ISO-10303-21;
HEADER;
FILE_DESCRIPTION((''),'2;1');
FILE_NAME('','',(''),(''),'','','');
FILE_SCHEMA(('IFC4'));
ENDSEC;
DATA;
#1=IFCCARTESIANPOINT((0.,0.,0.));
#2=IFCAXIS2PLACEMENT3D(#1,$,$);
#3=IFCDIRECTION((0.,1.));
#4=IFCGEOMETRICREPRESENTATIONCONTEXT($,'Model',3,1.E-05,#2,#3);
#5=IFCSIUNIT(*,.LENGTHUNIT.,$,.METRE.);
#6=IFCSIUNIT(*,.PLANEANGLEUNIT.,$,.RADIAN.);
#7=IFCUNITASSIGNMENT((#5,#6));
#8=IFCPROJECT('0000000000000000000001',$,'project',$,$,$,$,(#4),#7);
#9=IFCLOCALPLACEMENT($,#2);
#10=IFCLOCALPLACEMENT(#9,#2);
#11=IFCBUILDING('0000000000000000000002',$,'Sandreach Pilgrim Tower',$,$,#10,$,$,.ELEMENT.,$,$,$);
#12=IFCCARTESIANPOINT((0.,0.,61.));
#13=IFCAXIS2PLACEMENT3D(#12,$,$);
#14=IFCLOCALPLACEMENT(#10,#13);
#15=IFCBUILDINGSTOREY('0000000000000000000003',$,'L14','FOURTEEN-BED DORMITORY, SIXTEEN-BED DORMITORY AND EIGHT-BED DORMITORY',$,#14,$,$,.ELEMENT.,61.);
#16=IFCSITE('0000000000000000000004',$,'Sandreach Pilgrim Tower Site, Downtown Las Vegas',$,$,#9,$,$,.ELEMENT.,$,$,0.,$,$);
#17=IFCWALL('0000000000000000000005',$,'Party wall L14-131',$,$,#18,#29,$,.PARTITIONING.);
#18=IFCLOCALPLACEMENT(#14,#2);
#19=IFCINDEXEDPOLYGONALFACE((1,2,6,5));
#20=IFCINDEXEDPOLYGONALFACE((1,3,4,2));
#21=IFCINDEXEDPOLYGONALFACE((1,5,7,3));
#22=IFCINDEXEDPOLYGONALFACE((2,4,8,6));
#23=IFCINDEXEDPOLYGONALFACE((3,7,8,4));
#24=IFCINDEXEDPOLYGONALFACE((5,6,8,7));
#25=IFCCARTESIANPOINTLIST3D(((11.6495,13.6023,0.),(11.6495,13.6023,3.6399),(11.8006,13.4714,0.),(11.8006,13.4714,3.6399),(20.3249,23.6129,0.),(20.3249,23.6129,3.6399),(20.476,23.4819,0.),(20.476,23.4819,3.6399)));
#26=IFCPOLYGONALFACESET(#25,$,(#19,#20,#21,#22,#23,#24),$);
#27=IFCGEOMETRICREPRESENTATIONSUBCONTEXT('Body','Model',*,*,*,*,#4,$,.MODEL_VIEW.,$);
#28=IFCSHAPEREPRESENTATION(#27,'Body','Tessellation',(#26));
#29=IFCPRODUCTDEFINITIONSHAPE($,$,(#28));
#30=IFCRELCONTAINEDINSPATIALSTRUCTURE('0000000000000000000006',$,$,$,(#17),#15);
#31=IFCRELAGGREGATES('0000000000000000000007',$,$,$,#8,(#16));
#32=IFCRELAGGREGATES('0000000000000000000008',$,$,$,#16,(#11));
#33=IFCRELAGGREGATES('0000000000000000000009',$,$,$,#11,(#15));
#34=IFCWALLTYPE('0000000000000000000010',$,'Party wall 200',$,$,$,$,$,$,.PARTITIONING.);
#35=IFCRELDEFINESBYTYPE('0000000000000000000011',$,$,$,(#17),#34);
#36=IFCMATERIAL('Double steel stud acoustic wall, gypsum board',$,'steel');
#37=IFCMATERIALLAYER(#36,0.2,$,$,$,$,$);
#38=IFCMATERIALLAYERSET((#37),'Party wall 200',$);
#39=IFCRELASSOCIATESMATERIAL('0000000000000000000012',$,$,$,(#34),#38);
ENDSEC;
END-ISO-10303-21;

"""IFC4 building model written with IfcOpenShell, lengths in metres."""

from ifc_helpers import new_model, si_unit, direction, frame, frame_2d, origin, place, context, subcontext, project, spatial, rectangle, extrude, material, layer, layer_set, type_object, element, save


model = new_model("IFC4")

# Units and contexts
model_context = context("Model", 3, precision=1e-05, world=origin(), true_north=direction((0.0, 1.0)))
body_context = subcontext(model_context, "Body", "Model", "MODEL_VIEW")
ifc_project = project(units=[si_unit("LENGTHUNIT", "METRE"), si_unit("PLANEANGLEUNIT", "RADIAN")], contexts=[model_context])

# Site, building, storey
site_placement = place(None, origin())
site = spatial("IfcSite", under=ifc_project, at=site_placement, Name="Sandreach Pilgrim Tower Site, Downtown Las Vegas", CompositionType="ELEMENT", RefElevation=0.0)
building_placement = place(site_placement, origin())
building = spatial("IfcBuilding", under=site, at=building_placement, Name="Sandreach Pilgrim Tower", CompositionType="ELEMENT")
storey_placement = place(building_placement, frame((0.0, 0.0, 61.0)))
storey = spatial("IfcBuildingStorey", under=building, at=storey_placement, Name="L14", Description="FOURTEEN-BED DORMITORY, SIXTEEN-BED DORMITORY AND EIGHT-BED DORMITORY", CompositionType="ELEMENT", Elevation=61.0)

# Wall
ifc_material_1 = material(Name="Double steel stud acoustic wall, gypsum board", Category="steel")
ifc_layer_1 = layer(ifc_material_1, 0.2)
ifc_layer_set_1 = layer_set([ifc_layer_1], Name="Party wall 200")
wall_type_1 = type_object("IfcWallType", Name="Party wall 200", PredefinedType="PARTITIONING", material=ifc_layer_set_1)
wall_1_placement = place(storey_placement, frame((11.7251, 13.5369, 0.0), z_axis=(0.0, 0.0, 1.0), x_axis=(0.65491, 0.755707, 0.0)))
element("IfcWall", 1, at=wall_1_placement, inside=storey, type_object=wall_type_1, Name="Party wall L14-131", PredefinedType="PARTITIONING", context=body_context, shape_type="SweptSolid", body=[
    extrude(rectangle(XDim=13.2466, YDim=0.2, at=frame_2d((6.6233, 0.0))), origin(), (0.0, 0.0, 1.0), 3.6399),
])

save(model, "model.ifc")
